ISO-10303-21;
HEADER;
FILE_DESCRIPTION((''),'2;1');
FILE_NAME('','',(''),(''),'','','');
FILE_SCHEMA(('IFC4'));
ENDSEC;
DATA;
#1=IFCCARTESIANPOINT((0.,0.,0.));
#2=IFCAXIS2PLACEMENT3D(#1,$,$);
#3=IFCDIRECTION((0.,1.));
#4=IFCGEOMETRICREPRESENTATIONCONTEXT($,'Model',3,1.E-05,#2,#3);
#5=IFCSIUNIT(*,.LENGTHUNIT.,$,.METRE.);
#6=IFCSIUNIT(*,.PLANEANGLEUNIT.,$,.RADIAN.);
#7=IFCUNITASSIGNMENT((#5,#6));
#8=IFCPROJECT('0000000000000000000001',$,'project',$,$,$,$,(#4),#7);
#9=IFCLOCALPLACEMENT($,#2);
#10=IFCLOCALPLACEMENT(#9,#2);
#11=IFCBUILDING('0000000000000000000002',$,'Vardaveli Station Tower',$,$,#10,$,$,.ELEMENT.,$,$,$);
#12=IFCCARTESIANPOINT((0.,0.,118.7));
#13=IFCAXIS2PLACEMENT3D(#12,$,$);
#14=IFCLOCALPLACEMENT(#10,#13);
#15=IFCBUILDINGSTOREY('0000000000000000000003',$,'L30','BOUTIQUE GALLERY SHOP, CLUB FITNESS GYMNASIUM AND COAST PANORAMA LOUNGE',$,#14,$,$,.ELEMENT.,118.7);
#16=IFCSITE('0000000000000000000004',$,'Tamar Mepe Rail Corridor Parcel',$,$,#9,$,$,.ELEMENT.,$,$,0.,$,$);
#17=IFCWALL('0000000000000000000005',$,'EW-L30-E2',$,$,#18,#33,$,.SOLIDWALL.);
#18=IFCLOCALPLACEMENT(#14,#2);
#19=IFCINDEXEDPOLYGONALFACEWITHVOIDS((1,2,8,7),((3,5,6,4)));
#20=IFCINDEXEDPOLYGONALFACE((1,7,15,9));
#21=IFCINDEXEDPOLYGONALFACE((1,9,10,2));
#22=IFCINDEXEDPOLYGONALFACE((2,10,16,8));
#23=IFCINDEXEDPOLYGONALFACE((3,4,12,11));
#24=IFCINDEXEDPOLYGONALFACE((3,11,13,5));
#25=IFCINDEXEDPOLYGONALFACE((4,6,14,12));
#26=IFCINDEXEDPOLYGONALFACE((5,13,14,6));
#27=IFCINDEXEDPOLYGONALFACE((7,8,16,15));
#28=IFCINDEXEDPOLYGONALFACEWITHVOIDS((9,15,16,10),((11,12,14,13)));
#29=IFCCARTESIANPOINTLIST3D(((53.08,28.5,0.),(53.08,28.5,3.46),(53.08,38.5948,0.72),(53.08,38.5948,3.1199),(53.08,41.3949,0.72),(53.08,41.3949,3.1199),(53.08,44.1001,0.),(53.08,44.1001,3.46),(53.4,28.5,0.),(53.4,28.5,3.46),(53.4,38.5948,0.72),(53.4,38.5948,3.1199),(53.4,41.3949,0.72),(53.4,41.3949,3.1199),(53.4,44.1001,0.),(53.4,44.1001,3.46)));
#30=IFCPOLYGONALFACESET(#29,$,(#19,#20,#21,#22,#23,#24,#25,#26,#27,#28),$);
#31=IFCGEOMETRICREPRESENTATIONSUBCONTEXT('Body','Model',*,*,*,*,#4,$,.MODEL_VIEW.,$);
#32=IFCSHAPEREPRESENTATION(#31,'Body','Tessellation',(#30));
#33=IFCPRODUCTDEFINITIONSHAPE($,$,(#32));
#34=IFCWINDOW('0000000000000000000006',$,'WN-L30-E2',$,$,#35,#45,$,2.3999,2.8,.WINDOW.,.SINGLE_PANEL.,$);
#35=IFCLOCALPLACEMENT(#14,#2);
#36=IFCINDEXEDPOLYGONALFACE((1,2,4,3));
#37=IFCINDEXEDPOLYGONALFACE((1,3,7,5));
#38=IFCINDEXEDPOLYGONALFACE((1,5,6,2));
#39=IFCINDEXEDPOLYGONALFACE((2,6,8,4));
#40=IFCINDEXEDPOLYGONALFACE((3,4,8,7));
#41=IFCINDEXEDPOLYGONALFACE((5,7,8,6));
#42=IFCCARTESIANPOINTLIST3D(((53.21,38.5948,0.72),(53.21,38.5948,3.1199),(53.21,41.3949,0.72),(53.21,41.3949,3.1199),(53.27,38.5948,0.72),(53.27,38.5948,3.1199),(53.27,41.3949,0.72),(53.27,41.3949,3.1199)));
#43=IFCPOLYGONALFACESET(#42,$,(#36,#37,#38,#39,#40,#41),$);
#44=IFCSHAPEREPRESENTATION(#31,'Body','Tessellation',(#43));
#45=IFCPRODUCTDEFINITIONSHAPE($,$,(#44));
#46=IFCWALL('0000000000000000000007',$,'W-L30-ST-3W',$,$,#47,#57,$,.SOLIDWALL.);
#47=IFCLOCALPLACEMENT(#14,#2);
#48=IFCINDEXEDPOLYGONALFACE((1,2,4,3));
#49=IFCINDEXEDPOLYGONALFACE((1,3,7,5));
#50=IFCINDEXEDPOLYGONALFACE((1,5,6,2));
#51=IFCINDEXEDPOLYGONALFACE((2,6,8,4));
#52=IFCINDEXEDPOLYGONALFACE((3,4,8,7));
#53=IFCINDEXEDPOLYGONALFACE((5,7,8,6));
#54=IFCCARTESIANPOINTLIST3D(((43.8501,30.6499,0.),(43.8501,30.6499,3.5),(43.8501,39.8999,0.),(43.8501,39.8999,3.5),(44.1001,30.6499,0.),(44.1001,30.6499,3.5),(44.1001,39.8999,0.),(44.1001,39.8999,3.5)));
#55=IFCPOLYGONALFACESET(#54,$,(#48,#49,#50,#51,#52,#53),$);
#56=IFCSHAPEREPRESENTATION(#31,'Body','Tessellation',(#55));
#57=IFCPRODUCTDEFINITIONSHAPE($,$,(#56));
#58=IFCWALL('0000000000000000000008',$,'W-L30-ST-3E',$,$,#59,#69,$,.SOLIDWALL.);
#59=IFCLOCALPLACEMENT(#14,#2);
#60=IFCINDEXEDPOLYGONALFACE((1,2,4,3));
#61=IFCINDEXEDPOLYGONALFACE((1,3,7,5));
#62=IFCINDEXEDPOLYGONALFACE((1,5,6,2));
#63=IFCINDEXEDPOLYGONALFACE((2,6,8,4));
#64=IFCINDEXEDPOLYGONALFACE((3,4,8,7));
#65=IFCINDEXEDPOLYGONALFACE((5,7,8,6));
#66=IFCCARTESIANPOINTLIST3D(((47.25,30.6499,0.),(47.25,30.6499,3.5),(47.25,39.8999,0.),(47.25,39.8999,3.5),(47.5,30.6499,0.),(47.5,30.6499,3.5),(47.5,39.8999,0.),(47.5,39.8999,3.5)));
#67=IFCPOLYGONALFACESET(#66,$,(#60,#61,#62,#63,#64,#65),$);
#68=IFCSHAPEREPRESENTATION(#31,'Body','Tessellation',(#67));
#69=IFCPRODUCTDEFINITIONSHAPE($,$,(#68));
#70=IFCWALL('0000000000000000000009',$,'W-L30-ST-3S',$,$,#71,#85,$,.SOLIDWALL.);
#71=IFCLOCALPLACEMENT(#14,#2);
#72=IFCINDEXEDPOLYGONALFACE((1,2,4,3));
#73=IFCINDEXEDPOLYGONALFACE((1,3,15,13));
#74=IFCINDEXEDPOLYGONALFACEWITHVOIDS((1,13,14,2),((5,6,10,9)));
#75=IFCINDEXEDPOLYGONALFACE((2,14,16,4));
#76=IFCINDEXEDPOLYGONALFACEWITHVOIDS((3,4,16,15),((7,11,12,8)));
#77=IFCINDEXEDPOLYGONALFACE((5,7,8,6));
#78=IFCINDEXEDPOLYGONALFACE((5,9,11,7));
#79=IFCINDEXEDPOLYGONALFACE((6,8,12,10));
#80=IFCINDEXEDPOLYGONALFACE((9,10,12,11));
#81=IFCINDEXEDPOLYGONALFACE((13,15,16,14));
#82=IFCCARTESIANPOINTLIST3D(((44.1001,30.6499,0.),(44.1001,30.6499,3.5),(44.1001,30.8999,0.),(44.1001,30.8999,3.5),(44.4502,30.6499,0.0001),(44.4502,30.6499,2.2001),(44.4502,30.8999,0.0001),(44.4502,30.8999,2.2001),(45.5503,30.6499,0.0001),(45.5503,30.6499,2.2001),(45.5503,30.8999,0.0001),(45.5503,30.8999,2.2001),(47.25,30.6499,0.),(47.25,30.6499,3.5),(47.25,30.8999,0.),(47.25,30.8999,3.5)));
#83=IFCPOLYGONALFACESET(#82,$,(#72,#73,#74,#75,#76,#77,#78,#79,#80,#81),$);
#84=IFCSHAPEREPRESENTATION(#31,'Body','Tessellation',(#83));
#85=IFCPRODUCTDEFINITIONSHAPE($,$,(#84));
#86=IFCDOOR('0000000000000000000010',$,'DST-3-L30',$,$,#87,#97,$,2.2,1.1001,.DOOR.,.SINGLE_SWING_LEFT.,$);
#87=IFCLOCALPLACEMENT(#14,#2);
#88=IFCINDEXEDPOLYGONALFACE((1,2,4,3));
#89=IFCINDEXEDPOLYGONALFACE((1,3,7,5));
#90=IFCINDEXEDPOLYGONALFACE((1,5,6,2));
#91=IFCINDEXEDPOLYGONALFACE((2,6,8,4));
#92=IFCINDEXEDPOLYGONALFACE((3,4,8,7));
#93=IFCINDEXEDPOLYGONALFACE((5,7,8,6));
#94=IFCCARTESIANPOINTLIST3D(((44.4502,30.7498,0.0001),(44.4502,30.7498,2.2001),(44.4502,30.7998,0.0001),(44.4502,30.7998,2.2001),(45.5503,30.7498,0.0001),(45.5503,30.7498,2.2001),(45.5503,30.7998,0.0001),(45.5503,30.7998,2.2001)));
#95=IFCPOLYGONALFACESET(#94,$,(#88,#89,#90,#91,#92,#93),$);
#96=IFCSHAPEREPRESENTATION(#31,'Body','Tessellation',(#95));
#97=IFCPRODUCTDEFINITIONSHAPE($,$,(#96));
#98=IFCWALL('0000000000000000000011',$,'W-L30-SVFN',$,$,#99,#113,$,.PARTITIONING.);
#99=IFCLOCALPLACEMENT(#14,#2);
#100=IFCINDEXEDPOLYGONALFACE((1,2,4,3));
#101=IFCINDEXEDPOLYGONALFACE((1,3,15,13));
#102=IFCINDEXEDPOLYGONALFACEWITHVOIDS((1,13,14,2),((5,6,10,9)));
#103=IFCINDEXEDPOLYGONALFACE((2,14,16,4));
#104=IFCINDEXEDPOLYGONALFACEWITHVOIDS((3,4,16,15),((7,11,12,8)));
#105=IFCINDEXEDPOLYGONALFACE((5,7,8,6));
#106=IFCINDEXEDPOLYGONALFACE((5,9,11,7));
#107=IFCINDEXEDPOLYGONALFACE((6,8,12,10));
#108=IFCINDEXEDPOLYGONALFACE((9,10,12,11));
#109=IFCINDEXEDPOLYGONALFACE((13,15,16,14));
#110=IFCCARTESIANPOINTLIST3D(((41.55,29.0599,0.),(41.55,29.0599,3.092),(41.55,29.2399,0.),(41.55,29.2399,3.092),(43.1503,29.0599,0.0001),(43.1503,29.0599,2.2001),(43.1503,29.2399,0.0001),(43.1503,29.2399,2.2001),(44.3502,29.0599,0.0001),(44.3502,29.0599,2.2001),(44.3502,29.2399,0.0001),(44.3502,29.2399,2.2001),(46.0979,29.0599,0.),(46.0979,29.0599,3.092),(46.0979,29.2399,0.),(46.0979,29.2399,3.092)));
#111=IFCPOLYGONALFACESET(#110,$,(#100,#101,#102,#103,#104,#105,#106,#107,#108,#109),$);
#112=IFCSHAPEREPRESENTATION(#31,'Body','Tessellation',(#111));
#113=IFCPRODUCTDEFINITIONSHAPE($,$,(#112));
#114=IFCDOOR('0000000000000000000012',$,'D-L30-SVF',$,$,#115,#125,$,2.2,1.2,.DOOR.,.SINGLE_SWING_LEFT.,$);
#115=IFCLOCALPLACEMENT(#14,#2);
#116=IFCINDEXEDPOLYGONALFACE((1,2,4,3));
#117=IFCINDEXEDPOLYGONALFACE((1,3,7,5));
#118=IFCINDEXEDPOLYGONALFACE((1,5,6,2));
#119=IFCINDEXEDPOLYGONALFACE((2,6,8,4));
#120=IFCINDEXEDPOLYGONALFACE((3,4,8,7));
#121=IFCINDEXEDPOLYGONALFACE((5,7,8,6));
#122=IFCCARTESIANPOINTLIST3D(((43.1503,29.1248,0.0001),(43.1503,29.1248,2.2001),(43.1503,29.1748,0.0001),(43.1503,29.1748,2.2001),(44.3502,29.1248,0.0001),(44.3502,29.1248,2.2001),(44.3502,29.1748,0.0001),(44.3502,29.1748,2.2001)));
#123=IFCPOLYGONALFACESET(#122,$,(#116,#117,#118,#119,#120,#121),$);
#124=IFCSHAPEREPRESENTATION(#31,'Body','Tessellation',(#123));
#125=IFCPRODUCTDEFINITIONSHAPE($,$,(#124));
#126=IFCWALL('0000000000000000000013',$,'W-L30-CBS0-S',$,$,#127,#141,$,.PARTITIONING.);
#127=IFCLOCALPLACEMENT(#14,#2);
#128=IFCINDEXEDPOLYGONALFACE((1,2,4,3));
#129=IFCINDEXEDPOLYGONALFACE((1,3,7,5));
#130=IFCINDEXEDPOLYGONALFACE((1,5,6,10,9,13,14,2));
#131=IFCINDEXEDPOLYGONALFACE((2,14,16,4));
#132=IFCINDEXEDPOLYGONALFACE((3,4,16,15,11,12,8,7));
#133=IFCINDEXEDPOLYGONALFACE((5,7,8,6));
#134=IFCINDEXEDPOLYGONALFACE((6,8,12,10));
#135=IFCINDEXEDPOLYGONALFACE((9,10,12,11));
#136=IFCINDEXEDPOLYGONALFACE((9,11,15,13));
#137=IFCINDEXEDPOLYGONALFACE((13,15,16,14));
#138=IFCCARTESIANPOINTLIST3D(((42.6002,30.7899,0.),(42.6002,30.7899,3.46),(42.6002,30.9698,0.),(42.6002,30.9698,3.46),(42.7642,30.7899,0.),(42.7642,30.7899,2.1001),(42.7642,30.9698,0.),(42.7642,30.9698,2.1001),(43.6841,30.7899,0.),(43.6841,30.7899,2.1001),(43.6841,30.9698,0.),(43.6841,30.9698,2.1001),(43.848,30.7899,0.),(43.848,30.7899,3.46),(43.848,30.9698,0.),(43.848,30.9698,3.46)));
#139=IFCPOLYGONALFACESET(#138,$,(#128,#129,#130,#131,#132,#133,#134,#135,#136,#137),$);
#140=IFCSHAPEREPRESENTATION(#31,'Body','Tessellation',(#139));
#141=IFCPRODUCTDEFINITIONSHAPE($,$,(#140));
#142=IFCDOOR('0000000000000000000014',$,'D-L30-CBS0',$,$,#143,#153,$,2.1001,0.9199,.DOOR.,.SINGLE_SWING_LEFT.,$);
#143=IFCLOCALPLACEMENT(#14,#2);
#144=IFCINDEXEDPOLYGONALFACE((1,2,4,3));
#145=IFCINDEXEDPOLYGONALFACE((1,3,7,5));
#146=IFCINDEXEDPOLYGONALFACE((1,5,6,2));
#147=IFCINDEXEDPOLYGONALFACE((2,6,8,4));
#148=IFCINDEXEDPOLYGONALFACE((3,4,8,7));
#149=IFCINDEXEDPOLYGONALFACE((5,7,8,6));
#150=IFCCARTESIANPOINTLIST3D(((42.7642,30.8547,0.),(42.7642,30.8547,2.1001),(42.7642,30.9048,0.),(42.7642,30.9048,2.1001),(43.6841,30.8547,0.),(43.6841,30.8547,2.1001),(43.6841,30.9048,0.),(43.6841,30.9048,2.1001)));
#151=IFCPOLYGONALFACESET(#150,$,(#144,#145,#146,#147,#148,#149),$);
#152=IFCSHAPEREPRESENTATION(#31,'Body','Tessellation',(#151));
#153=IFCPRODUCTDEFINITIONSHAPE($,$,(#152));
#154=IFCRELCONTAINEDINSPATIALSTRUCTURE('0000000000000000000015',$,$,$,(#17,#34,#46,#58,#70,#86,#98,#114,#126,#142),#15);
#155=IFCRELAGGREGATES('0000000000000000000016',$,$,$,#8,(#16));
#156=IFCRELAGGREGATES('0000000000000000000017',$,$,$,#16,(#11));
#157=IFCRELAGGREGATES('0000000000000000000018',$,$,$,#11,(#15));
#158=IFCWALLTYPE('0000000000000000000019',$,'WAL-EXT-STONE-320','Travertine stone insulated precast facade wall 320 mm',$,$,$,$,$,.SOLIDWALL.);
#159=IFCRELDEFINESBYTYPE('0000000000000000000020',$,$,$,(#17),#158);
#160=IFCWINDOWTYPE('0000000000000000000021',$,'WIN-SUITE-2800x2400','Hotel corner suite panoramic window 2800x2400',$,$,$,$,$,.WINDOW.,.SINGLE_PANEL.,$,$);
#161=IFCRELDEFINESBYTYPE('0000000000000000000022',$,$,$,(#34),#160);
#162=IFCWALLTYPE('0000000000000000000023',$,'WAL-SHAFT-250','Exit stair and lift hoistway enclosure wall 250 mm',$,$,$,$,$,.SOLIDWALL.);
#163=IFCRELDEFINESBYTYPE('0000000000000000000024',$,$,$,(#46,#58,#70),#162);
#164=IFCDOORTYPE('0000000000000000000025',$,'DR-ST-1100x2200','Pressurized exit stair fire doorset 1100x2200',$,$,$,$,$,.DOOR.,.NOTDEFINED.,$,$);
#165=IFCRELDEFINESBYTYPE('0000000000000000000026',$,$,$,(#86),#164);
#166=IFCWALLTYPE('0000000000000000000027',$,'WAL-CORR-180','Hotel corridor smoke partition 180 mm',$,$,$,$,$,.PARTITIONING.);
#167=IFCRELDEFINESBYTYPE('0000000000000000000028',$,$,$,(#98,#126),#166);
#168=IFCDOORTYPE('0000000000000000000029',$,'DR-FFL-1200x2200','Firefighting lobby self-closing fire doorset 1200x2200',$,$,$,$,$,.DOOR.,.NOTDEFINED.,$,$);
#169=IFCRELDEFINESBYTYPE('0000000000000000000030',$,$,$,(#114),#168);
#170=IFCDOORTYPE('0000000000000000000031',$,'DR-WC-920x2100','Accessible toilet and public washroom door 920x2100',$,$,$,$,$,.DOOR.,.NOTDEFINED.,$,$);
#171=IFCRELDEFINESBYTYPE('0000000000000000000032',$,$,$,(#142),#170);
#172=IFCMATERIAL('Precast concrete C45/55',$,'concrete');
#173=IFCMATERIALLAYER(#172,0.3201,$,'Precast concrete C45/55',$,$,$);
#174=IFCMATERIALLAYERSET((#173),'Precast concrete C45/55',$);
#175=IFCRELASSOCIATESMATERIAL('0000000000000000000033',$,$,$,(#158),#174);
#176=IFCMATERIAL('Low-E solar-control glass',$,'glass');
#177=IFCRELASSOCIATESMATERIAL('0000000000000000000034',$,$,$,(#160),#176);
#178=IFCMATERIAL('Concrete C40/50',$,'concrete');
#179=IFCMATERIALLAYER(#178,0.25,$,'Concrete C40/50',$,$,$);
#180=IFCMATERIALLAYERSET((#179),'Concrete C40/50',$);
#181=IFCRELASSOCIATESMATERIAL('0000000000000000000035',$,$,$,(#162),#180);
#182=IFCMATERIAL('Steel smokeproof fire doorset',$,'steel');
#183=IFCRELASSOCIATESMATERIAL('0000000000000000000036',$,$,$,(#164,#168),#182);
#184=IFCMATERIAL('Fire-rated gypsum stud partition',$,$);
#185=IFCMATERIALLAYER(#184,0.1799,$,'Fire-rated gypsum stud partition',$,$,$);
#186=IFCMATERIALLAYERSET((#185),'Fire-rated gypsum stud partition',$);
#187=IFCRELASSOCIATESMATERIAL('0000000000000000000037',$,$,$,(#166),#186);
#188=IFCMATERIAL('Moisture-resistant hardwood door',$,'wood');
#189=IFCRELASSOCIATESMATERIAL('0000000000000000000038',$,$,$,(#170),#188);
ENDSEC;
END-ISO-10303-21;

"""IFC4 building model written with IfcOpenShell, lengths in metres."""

from ifc_helpers import new_model, si_unit, direction, frame, frame_2d, origin, place, context, subcontext, project, spatial, rectangle, extrude, source, transform, mapped, material, layer, layer_set, type_object, element, fill, save


model = new_model("IFC4")

# Units and contexts
model_context = context("Model", 3, precision=1e-05, world=origin(), true_north=direction((0.0, 1.0)))
body_context = subcontext(model_context, "Body", "Model", "MODEL_VIEW")
ifc_project = project(units=[si_unit("LENGTHUNIT", "METRE"), si_unit("PLANEANGLEUNIT", "RADIAN")], contexts=[model_context])

# Site, building, storey
site_placement = place(None, origin())
site = spatial("IfcSite", under=ifc_project, at=site_placement, Name="Tamar Mepe Rail Corridor Parcel", CompositionType="ELEMENT", RefElevation=0.0)
building_placement = place(site_placement, origin())
building = spatial("IfcBuilding", under=site, at=building_placement, Name="Vardaveli Station Tower", CompositionType="ELEMENT")
storey_placement = place(building_placement, frame((0.0, 0.0, 118.7)))
storey = spatial("IfcBuildingStorey", under=building, at=storey_placement, Name="L30", Description="BOUTIQUE GALLERY SHOP, CLUB FITNESS GYMNASIUM AND COAST PANORAMA LOUNGE", CompositionType="ELEMENT", Elevation=118.7)

# Shared definitions
ifc_material_1 = material(Name="Precast concrete C45/55", Category="concrete")

# Wall, opening, window
ifc_layer_1 = layer(ifc_material_1, 0.3201, Name="Precast concrete C45/55")
ifc_layer_set_1 = layer_set([ifc_layer_1], Name="Precast concrete C45/55")
wall_type_1 = type_object("IfcWallType", Name="WAL-EXT-STONE-320", Description="Travertine stone insulated precast facade wall 320 mm", PredefinedType="SOLIDWALL", material=ifc_layer_set_1)
shared_shape_1 = source(origin(), body_context, "Body", "SweptSolid", [
    extrude(rectangle(XDim=15.6001, YDim=0.3201, at=frame_2d((7.8, 0.0))), origin(), (0.0, 0.0, 1.0), 3.46),
])
wall_1_placement = place(storey_placement, frame((53.24, 28.5, 0.0), z_axis=(0.0, 0.0, 1.0), x_axis=(0.0, 1.0, 0.0)))
wall_1 = element("IfcWall", 1, at=wall_1_placement, inside=storey, type_object=wall_type_1, Name="EW-L30-E2", PredefinedType="SOLIDWALL", context=body_context, shape_type="MappedRepresentation", body=[
    mapped(shared_shape_1, transform((0.0, 0.0, 0.0), scale=1.0)),
])
shared_shape_2 = source(origin(), body_context, "Body", "SweptSolid", [
    extrude(rectangle(XDim=2.8, YDim=2.3999, at=frame_2d((1.3999, 1.2))), frame((0.0, 0.1699, 0.0), z_axis=(0.0, -1.0, 0.0), x_axis=(1.0, 0.0, 0.0)), (0.0, 0.0, 1.0), 0.3401),
])
opening_1_placement = place(wall_1_placement, frame((10.095, 0.0, 0.72)))
opening_1 = element("IfcOpeningElement", 2, at=opening_1_placement, cuts=wall_1, PredefinedType="OPENING", context=body_context, shape_type="MappedRepresentation", body=[
    mapped(shared_shape_2, transform((0.0, 0.0, 0.0), scale=1.0)),
])
ifc_material_2 = material(Name="Low-E solar-control glass", Category="glass")
window_type = type_object("IfcWindowType", Name="WIN-SUITE-2800x2400", Description="Hotel corner suite panoramic window 2800x2400", PartitioningType="SINGLE_PANEL", PredefinedType="WINDOW", material=ifc_material_2)
shared_shape_3 = source(origin(), body_context, "Body", "SweptSolid", [
    extrude(rectangle(XDim=2.8, YDim=2.3999, at=frame_2d((1.3999, 1.2))), frame((0.0, 0.03, 0.0), z_axis=(0.0, -1.0, 0.0), x_axis=(1.0, 0.0, 0.0)), (0.0, 0.0, 1.0), 0.0601),
])
window_placement = place(opening_1_placement, origin())
window = element("IfcWindow", 3, at=window_placement, inside=storey, type_object=window_type, Name="WN-L30-E2", OverallHeight=2.3999, OverallWidth=2.8, PartitioningType="SINGLE_PANEL", PredefinedType="WINDOW", context=body_context, shape_type="MappedRepresentation", body=[
    mapped(shared_shape_3, transform((0.0, 0.0, 0.0), scale=1.0)),
])
fill(opening_1, window)

# Walls
ifc_material_3 = material(Name="Concrete C40/50", Category="concrete")
ifc_layer_2 = layer(ifc_material_3, 0.25, Name="Concrete C40/50")
ifc_layer_set_2 = layer_set([ifc_layer_2], Name="Concrete C40/50")
wall_type_2 = type_object("IfcWallType", Name="WAL-SHAFT-250", Description="Exit stair and lift hoistway enclosure wall 250 mm", PredefinedType="SOLIDWALL", material=ifc_layer_set_2)
shared_shape_4 = source(origin(), body_context, "Body", "SweptSolid", [
    extrude(rectangle(XDim=9.25, YDim=0.25, at=frame_2d((4.625, 0.0))), origin(), (0.0, 0.0, 1.0), 3.5),
])
for number, where, z_axis, x_axis, name in (
    (4, (43.9751, 30.6499, 0.0), (0.0, 0.0, 1.0), (0.0, 1.0, 0.0), "W-L30-ST-3W"),
    (5, (47.375, 30.6499, 0.0), (0.0, 0.0, 1.0), (0.0, 1.0, 0.0), "W-L30-ST-3E"),
):
    element("IfcWall", number, at=place(storey_placement, frame(where, z_axis=z_axis, x_axis=x_axis)), inside=storey, type_object=wall_type_2, Name=name, PredefinedType="SOLIDWALL", context=body_context, shape_type="MappedRepresentation", body=[
        mapped(shared_shape_4, transform((0.0, 0.0, 0.0), scale=1.0)),
    ])

# Walls, openings, doors
shared_shape_5 = source(origin(), body_context, "Body", "SweptSolid", [
    extrude(rectangle(XDim=3.1499, YDim=0.25, at=frame_2d((1.575, 0.0))), origin(), (0.0, 0.0, 1.0), 3.5),
])
wall_2_placement = place(storey_placement, frame((44.1001, 30.7749, 0.0), z_axis=(0.0, 0.0, 1.0), x_axis=(1.0, 0.0, 0.0)))
wall_2 = element("IfcWall", 6, at=wall_2_placement, inside=storey, type_object=wall_type_2, Name="W-L30-ST-3S", PredefinedType="SOLIDWALL", context=body_context, shape_type="MappedRepresentation", body=[
    mapped(shared_shape_5, transform((0.0, 0.0, 0.0), scale=1.0)),
])
shared_shape_6 = source(origin(), body_context, "Body", "SweptSolid", [
    extrude(rectangle(XDim=1.1001, YDim=2.2, at=frame_2d((0.55, 1.1001))), frame((0.0, 0.135, 0.0), z_axis=(0.0, -1.0, 0.0), x_axis=(1.0, 0.0, 0.0)), (0.0, 0.0, 1.0), 0.27),
])
opening_2_placement = place(wall_2_placement, frame((0.3501, 0.0, 0.0)))
opening_2 = element("IfcOpeningElement", 7, at=opening_2_placement, cuts=wall_2, PredefinedType="OPENING", context=body_context, shape_type="MappedRepresentation", body=[
    mapped(shared_shape_6, transform((0.0, 0.0, 0.0), scale=1.0)),
])
ifc_material_4 = material(Name="Steel smokeproof fire doorset", Category="steel")
door_type_1 = type_object("IfcDoorType", Name="DR-ST-1100x2200", Description="Pressurized exit stair fire doorset 1100x2200", OperationType="NOTDEFINED", PredefinedType="DOOR", material=ifc_material_4)
shared_shape_7 = source(origin(), body_context, "Body", "SweptSolid", [
    extrude(rectangle(XDim=1.1001, YDim=2.2, at=frame_2d((0.55, 1.1001))), frame((0.0, 0.0249, 0.0), z_axis=(0.0, -1.0, 0.0), x_axis=(1.0, 0.0, 0.0)), (0.0, 0.0, 1.0), 0.05),
])
door_1_placement = place(opening_2_placement, origin())
door_1 = element("IfcDoor", 8, at=door_1_placement, inside=storey, type_object=door_type_1, Name="DST-3-L30", OperationType="SINGLE_SWING_LEFT", OverallHeight=2.2, OverallWidth=1.1001, PredefinedType="DOOR", context=body_context, shape_type="MappedRepresentation", body=[
    mapped(shared_shape_7, transform((0.0, 0.0, 0.0), scale=1.0)),
])
fill(opening_2, door_1)
ifc_material_5 = material(Name="Fire-rated gypsum stud partition")
ifc_layer_3 = layer(ifc_material_5, 0.1799, Name="Fire-rated gypsum stud partition")
ifc_layer_set_3 = layer_set([ifc_layer_3], Name="Fire-rated gypsum stud partition")
wall_type_3 = type_object("IfcWallType", Name="WAL-CORR-180", Description="Hotel corridor smoke partition 180 mm", PredefinedType="PARTITIONING", material=ifc_layer_set_3)
shared_shape_8 = source(origin(), body_context, "Body", "SweptSolid", [
    extrude(rectangle(XDim=4.5479, YDim=0.1799, at=frame_2d((2.2739, 0.0))), origin(), (0.0, 0.0, 1.0), 3.092),
])
wall_3_placement = place(storey_placement, frame((41.55, 29.1499, 0.0), z_axis=(0.0, 0.0, 1.0), x_axis=(1.0, 0.0, 0.0)))
wall_3 = element("IfcWall", 9, at=wall_3_placement, inside=storey, type_object=wall_type_3, Name="W-L30-SVFN", PredefinedType="PARTITIONING", context=body_context, shape_type="MappedRepresentation", body=[
    mapped(shared_shape_8, transform((0.0, 0.0, 0.0), scale=1.0)),
])
shared_shape_9 = source(origin(), body_context, "Body", "SweptSolid", [
    extrude(rectangle(XDim=1.2, YDim=2.2, at=frame_2d((0.6001, 1.1001))), frame((0.0, 0.1001, 0.0), z_axis=(0.0, -1.0, 0.0), x_axis=(1.0, 0.0, 0.0)), (0.0, 0.0, 1.0), 0.2),
])
opening_3_placement = place(wall_3_placement, frame((1.6001, 0.0, 0.0)))
opening_3 = element("IfcOpeningElement", 10, at=opening_3_placement, cuts=wall_3, PredefinedType="OPENING", context=body_context, shape_type="MappedRepresentation", body=[
    mapped(shared_shape_9, transform((0.0, 0.0, 0.0), scale=1.0)),
])
door_type_2 = type_object("IfcDoorType", Name="DR-FFL-1200x2200", Description="Firefighting lobby self-closing fire doorset 1200x2200", OperationType="NOTDEFINED", PredefinedType="DOOR", material=ifc_material_4)
shared_shape_10 = source(origin(), body_context, "Body", "SweptSolid", [
    extrude(rectangle(XDim=1.2, YDim=2.2, at=frame_2d((0.6001, 1.1001))), frame((0.0, 0.0249, 0.0), z_axis=(0.0, -1.0, 0.0), x_axis=(1.0, 0.0, 0.0)), (0.0, 0.0, 1.0), 0.05),
])
door_2_placement = place(opening_3_placement, origin())
door_2 = element("IfcDoor", 11, at=door_2_placement, inside=storey, type_object=door_type_2, Name="D-L30-SVF", OperationType="SINGLE_SWING_LEFT", OverallHeight=2.2, OverallWidth=1.2, PredefinedType="DOOR", context=body_context, shape_type="MappedRepresentation", body=[
    mapped(shared_shape_10, transform((0.0, 0.0, 0.0), scale=1.0)),
])
fill(opening_3, door_2)
shared_shape_11 = source(origin(), body_context, "Body", "SweptSolid", [
    extrude(rectangle(XDim=1.2478, YDim=0.1799, at=frame_2d((0.624, 0.0))), origin(), (0.0, 0.0, 1.0), 3.46),
])
wall_4_placement = place(storey_placement, frame((42.6001, 30.8799, 0.0), z_axis=(0.0, 0.0, 1.0), x_axis=(1.0, 0.0, 0.0)))
wall_4 = element("IfcWall", 12, at=wall_4_placement, inside=storey, type_object=wall_type_3, Name="W-L30-CBS0-S", PredefinedType="PARTITIONING", context=body_context, shape_type="MappedRepresentation", body=[
    mapped(shared_shape_11, transform((0.0, 0.0, 0.0), scale=1.0)),
])
shared_shape_12 = source(origin(), body_context, "Body", "SweptSolid", [
    extrude(rectangle(XDim=0.9199, YDim=2.1001, at=frame_2d((0.46, 1.05))), frame((0.0, 0.1001, 0.0), z_axis=(0.0, -1.0, 0.0), x_axis=(1.0, 0.0, 0.0)), (0.0, 0.0, 1.0), 0.2),
])
opening_4_placement = place(wall_4_placement, frame((0.1641, 0.0, 0.0)))
opening_4 = element("IfcOpeningElement", 13, at=opening_4_placement, cuts=wall_4, PredefinedType="OPENING", context=body_context, shape_type="MappedRepresentation", body=[
    mapped(shared_shape_12, transform((0.0, 0.0, 0.0), scale=1.0)),
])
ifc_material_6 = material(Name="Moisture-resistant hardwood door", Category="wood")
door_type_3 = type_object("IfcDoorType", Name="DR-WC-920x2100", Description="Accessible toilet and public washroom door 920x2100", OperationType="NOTDEFINED", PredefinedType="DOOR", material=ifc_material_6)
shared_shape_13 = source(origin(), body_context, "Body", "SweptSolid", [
    extrude(rectangle(XDim=0.9199, YDim=2.1001, at=frame_2d((0.46, 1.05))), frame((0.0, 0.0249, 0.0), z_axis=(0.0, -1.0, 0.0), x_axis=(1.0, 0.0, 0.0)), (0.0, 0.0, 1.0), 0.05),
])
door_3_placement = place(opening_4_placement, origin())
door_3 = element("IfcDoor", 14, at=door_3_placement, inside=storey, type_object=door_type_3, Name="D-L30-CBS0", OperationType="SINGLE_SWING_LEFT", OverallHeight=2.1001, OverallWidth=0.9199, PredefinedType="DOOR", context=body_context, shape_type="MappedRepresentation", body=[
    mapped(shared_shape_13, transform((0.0, 0.0, 0.0), scale=1.0)),
])
fill(opening_4, door_3)

save(model, "model.ifc")
